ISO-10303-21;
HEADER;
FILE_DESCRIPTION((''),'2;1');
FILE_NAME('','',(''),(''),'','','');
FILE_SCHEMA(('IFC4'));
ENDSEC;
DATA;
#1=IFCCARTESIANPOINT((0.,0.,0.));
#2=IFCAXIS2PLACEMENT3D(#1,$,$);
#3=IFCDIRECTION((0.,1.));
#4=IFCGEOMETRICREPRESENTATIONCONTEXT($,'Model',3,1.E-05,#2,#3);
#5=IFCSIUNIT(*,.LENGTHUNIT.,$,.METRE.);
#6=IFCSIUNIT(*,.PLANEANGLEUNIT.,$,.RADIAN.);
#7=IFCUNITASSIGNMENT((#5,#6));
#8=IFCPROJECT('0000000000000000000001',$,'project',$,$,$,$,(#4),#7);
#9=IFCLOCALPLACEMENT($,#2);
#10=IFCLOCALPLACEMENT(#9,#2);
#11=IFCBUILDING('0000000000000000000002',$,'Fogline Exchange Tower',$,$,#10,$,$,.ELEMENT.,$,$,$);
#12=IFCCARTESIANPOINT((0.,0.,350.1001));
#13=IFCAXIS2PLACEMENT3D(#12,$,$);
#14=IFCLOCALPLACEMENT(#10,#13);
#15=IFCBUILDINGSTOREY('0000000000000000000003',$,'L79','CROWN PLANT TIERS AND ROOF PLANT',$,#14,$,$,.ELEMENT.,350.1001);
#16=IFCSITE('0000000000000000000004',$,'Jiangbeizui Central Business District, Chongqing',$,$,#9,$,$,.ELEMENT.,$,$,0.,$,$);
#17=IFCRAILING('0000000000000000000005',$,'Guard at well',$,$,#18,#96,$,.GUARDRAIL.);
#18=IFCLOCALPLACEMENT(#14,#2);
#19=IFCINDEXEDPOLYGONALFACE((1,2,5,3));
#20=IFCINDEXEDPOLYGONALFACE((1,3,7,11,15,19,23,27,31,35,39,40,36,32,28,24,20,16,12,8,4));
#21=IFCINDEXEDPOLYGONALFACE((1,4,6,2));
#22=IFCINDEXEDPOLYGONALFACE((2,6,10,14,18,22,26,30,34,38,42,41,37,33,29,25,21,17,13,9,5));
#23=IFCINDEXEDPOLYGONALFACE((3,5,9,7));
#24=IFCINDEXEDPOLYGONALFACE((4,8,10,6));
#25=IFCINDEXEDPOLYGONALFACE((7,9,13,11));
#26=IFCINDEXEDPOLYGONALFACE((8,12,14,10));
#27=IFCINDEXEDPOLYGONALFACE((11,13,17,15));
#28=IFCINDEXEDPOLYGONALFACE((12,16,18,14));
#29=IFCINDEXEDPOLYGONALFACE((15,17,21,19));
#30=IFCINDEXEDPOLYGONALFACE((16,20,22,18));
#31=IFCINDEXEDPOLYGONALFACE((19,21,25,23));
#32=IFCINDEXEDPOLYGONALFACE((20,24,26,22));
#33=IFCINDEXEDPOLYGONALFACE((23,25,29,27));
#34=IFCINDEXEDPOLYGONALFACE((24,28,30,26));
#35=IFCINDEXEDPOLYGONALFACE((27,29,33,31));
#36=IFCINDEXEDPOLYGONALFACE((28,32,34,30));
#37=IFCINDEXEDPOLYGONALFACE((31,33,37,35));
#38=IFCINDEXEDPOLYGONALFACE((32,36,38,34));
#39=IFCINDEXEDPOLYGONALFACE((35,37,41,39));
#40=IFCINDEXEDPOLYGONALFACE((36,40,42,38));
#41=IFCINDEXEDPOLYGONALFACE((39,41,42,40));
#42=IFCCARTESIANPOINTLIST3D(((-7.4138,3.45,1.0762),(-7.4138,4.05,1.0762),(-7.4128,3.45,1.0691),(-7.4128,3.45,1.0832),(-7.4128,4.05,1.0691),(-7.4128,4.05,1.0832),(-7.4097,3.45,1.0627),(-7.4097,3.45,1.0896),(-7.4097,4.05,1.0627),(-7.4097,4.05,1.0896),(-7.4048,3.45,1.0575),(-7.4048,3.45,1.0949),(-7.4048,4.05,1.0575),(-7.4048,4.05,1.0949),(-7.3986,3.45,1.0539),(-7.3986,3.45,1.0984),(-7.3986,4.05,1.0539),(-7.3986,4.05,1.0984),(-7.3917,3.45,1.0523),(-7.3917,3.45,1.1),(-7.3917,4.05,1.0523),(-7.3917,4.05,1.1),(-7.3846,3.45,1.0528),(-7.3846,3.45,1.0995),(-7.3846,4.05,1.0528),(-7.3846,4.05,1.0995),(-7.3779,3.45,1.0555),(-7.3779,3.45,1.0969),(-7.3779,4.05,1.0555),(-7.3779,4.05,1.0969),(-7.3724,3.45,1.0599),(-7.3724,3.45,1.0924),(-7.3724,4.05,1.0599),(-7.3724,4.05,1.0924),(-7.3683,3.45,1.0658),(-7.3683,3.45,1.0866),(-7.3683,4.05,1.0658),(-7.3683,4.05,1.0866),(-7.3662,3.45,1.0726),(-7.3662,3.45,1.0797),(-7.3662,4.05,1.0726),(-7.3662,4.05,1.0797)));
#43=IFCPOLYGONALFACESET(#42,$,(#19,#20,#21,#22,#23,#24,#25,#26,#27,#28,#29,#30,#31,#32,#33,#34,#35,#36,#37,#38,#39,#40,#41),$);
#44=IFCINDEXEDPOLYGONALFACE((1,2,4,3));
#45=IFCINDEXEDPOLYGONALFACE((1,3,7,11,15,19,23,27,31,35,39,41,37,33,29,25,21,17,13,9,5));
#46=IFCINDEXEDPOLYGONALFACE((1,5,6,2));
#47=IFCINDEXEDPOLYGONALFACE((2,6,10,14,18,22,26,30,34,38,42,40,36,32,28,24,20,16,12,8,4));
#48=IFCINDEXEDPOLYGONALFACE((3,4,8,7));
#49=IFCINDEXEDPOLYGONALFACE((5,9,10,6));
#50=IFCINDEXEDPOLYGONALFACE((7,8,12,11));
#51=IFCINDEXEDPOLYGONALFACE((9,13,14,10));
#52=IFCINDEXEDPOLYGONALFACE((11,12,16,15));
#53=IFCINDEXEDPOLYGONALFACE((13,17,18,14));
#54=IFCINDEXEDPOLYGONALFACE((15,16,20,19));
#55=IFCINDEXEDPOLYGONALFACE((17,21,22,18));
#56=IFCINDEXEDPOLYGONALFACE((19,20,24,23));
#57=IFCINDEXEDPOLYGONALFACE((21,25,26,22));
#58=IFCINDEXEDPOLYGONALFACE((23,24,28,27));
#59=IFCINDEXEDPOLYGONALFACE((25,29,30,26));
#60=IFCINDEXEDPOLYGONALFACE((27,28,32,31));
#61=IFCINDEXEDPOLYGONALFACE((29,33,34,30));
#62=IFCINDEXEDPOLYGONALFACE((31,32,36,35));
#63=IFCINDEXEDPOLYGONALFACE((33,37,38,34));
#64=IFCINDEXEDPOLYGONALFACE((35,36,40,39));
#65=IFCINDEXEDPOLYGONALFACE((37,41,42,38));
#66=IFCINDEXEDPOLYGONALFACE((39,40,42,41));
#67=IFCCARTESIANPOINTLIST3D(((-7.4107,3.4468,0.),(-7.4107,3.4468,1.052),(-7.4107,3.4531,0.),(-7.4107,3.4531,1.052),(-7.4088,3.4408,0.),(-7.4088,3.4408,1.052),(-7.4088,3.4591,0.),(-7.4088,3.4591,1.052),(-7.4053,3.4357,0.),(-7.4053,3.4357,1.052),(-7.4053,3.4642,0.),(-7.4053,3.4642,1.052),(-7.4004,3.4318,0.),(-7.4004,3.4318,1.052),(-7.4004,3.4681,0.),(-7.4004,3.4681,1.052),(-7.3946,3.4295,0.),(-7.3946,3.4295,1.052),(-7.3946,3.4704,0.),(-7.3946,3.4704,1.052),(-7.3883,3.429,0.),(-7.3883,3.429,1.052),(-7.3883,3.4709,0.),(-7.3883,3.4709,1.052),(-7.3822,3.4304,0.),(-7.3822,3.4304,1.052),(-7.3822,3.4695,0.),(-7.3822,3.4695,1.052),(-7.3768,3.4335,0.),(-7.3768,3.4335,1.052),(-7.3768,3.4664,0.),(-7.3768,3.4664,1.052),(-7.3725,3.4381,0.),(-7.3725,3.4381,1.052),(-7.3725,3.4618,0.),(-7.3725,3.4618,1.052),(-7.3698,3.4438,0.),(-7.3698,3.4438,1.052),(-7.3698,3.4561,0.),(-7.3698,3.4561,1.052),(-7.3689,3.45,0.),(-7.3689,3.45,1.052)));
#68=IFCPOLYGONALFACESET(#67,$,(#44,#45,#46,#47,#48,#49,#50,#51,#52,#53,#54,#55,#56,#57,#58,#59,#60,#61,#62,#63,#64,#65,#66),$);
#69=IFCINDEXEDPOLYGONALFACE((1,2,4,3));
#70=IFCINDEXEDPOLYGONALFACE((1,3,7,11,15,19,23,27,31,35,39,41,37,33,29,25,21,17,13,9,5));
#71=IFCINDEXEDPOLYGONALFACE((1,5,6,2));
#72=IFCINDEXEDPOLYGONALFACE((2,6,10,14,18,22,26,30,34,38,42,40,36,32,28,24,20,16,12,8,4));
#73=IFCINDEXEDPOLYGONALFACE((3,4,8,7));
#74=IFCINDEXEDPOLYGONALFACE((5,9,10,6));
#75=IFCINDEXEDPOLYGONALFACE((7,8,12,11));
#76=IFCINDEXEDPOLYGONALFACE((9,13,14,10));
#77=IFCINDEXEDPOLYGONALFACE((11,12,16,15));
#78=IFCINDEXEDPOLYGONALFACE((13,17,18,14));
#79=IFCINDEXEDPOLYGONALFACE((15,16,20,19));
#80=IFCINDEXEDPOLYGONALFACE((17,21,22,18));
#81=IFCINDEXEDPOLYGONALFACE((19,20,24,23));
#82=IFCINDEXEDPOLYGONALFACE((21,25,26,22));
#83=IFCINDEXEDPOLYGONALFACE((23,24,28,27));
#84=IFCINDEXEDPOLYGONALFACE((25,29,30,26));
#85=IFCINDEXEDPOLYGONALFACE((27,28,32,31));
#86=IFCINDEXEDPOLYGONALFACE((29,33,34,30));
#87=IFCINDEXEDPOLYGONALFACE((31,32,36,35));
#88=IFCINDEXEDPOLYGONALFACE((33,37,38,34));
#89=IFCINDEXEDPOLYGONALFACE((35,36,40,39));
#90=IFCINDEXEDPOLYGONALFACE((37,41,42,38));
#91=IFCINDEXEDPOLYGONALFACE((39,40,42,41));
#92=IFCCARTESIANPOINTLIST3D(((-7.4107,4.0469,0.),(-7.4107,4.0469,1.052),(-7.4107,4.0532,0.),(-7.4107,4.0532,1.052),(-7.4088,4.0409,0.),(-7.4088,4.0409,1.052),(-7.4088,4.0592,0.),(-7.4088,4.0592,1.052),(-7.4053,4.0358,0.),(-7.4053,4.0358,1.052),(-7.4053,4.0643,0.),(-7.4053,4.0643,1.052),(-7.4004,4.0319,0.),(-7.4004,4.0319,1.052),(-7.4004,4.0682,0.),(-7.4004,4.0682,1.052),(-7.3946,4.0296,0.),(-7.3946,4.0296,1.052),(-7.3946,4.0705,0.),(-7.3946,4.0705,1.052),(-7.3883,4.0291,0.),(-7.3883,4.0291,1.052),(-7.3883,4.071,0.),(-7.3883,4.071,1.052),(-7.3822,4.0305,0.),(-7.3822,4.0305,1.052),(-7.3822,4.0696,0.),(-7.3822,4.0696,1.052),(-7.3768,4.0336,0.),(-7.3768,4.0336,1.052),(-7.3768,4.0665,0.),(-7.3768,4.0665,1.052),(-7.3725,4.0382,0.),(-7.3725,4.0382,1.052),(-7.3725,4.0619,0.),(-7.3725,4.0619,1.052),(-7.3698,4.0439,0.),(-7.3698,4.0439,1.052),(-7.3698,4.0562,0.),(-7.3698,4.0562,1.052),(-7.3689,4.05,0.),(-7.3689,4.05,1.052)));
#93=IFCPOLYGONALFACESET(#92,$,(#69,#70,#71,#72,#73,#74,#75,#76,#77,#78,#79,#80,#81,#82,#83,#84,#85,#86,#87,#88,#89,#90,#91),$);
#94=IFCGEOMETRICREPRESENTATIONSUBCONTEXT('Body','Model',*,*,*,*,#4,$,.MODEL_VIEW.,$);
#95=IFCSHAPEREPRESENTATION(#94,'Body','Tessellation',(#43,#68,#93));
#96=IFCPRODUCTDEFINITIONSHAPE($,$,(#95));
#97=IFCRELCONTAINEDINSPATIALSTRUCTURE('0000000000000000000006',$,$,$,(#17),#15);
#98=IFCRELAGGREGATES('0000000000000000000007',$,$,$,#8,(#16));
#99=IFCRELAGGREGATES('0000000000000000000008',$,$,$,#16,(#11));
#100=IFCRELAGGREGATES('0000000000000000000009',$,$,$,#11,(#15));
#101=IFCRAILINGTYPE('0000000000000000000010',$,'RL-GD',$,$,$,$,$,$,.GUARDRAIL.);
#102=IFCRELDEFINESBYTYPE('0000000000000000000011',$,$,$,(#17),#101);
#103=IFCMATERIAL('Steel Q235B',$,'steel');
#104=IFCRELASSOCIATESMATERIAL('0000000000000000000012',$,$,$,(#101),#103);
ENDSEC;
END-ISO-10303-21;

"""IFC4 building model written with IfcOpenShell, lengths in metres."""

from ifc_helpers import new_model, si_unit, direction, frame, origin, origin_2d, place, context, subcontext, project, spatial, circle, extrude, material, type_object, element, save


model = new_model("IFC4")

# Units and contexts
model_context = context("Model", 3, precision=1e-05, world=origin(), true_north=direction((0.0, 1.0)))
body_context = subcontext(model_context, "Body", "Model", "MODEL_VIEW")
ifc_project = project(units=[si_unit("LENGTHUNIT", "METRE"), si_unit("PLANEANGLEUNIT", "RADIAN")], contexts=[model_context])

# Site, building, storey
site_placement = place(None, origin())
site = spatial("IfcSite", under=ifc_project, at=site_placement, Name="Jiangbeizui Central Business District, Chongqing", CompositionType="ELEMENT", RefElevation=0.0)
building_placement = place(site_placement, origin())
building = spatial("IfcBuilding", under=site, at=building_placement, Name="Fogline Exchange Tower", CompositionType="ELEMENT")
storey_placement = place(building_placement, frame((0.0, 0.0, 350.1001)))
storey = spatial("IfcBuildingStorey", under=building, at=storey_placement, Name="L79", Description="CROWN PLANT TIERS AND ROOF PLANT", CompositionType="ELEMENT", Elevation=350.1001)

# Shared definitions
ifc_material_1 = material(Name="Steel Q235B", Category="steel")

# Railing
railing_type_1 = type_object("IfcRailingType", Name="RL-GD", PredefinedType="GUARDRAIL", material=ifc_material_1)
railing_1_placement = place(storey_placement, frame((-7.3899, 3.45, 0.0)))
element("IfcRailing", 1, at=railing_1_placement, inside=storey, type_object=railing_type_1, Name="Guard at well", PredefinedType="GUARDRAIL", context=body_context, shape_type="SweptSolid", body=[
    extrude(circle(Radius=0.0239, at=origin_2d()), frame((0.0, 0.0, 1.0762), z_axis=(0.0, 1.0, 0.0), x_axis=(-1.0, 0.0, 0.0)), (0.0, 0.0, 1.0), 0.6001),
    extrude(circle(Radius=0.021, at=origin_2d()), origin(), (0.0, 0.0, 1.0), 1.052),
    extrude(circle(Radius=0.021, at=origin_2d()), frame((0.0, 0.6001, 0.0)), (0.0, 0.0, 1.0), 1.052),
])

save(model, "model.ifc")
